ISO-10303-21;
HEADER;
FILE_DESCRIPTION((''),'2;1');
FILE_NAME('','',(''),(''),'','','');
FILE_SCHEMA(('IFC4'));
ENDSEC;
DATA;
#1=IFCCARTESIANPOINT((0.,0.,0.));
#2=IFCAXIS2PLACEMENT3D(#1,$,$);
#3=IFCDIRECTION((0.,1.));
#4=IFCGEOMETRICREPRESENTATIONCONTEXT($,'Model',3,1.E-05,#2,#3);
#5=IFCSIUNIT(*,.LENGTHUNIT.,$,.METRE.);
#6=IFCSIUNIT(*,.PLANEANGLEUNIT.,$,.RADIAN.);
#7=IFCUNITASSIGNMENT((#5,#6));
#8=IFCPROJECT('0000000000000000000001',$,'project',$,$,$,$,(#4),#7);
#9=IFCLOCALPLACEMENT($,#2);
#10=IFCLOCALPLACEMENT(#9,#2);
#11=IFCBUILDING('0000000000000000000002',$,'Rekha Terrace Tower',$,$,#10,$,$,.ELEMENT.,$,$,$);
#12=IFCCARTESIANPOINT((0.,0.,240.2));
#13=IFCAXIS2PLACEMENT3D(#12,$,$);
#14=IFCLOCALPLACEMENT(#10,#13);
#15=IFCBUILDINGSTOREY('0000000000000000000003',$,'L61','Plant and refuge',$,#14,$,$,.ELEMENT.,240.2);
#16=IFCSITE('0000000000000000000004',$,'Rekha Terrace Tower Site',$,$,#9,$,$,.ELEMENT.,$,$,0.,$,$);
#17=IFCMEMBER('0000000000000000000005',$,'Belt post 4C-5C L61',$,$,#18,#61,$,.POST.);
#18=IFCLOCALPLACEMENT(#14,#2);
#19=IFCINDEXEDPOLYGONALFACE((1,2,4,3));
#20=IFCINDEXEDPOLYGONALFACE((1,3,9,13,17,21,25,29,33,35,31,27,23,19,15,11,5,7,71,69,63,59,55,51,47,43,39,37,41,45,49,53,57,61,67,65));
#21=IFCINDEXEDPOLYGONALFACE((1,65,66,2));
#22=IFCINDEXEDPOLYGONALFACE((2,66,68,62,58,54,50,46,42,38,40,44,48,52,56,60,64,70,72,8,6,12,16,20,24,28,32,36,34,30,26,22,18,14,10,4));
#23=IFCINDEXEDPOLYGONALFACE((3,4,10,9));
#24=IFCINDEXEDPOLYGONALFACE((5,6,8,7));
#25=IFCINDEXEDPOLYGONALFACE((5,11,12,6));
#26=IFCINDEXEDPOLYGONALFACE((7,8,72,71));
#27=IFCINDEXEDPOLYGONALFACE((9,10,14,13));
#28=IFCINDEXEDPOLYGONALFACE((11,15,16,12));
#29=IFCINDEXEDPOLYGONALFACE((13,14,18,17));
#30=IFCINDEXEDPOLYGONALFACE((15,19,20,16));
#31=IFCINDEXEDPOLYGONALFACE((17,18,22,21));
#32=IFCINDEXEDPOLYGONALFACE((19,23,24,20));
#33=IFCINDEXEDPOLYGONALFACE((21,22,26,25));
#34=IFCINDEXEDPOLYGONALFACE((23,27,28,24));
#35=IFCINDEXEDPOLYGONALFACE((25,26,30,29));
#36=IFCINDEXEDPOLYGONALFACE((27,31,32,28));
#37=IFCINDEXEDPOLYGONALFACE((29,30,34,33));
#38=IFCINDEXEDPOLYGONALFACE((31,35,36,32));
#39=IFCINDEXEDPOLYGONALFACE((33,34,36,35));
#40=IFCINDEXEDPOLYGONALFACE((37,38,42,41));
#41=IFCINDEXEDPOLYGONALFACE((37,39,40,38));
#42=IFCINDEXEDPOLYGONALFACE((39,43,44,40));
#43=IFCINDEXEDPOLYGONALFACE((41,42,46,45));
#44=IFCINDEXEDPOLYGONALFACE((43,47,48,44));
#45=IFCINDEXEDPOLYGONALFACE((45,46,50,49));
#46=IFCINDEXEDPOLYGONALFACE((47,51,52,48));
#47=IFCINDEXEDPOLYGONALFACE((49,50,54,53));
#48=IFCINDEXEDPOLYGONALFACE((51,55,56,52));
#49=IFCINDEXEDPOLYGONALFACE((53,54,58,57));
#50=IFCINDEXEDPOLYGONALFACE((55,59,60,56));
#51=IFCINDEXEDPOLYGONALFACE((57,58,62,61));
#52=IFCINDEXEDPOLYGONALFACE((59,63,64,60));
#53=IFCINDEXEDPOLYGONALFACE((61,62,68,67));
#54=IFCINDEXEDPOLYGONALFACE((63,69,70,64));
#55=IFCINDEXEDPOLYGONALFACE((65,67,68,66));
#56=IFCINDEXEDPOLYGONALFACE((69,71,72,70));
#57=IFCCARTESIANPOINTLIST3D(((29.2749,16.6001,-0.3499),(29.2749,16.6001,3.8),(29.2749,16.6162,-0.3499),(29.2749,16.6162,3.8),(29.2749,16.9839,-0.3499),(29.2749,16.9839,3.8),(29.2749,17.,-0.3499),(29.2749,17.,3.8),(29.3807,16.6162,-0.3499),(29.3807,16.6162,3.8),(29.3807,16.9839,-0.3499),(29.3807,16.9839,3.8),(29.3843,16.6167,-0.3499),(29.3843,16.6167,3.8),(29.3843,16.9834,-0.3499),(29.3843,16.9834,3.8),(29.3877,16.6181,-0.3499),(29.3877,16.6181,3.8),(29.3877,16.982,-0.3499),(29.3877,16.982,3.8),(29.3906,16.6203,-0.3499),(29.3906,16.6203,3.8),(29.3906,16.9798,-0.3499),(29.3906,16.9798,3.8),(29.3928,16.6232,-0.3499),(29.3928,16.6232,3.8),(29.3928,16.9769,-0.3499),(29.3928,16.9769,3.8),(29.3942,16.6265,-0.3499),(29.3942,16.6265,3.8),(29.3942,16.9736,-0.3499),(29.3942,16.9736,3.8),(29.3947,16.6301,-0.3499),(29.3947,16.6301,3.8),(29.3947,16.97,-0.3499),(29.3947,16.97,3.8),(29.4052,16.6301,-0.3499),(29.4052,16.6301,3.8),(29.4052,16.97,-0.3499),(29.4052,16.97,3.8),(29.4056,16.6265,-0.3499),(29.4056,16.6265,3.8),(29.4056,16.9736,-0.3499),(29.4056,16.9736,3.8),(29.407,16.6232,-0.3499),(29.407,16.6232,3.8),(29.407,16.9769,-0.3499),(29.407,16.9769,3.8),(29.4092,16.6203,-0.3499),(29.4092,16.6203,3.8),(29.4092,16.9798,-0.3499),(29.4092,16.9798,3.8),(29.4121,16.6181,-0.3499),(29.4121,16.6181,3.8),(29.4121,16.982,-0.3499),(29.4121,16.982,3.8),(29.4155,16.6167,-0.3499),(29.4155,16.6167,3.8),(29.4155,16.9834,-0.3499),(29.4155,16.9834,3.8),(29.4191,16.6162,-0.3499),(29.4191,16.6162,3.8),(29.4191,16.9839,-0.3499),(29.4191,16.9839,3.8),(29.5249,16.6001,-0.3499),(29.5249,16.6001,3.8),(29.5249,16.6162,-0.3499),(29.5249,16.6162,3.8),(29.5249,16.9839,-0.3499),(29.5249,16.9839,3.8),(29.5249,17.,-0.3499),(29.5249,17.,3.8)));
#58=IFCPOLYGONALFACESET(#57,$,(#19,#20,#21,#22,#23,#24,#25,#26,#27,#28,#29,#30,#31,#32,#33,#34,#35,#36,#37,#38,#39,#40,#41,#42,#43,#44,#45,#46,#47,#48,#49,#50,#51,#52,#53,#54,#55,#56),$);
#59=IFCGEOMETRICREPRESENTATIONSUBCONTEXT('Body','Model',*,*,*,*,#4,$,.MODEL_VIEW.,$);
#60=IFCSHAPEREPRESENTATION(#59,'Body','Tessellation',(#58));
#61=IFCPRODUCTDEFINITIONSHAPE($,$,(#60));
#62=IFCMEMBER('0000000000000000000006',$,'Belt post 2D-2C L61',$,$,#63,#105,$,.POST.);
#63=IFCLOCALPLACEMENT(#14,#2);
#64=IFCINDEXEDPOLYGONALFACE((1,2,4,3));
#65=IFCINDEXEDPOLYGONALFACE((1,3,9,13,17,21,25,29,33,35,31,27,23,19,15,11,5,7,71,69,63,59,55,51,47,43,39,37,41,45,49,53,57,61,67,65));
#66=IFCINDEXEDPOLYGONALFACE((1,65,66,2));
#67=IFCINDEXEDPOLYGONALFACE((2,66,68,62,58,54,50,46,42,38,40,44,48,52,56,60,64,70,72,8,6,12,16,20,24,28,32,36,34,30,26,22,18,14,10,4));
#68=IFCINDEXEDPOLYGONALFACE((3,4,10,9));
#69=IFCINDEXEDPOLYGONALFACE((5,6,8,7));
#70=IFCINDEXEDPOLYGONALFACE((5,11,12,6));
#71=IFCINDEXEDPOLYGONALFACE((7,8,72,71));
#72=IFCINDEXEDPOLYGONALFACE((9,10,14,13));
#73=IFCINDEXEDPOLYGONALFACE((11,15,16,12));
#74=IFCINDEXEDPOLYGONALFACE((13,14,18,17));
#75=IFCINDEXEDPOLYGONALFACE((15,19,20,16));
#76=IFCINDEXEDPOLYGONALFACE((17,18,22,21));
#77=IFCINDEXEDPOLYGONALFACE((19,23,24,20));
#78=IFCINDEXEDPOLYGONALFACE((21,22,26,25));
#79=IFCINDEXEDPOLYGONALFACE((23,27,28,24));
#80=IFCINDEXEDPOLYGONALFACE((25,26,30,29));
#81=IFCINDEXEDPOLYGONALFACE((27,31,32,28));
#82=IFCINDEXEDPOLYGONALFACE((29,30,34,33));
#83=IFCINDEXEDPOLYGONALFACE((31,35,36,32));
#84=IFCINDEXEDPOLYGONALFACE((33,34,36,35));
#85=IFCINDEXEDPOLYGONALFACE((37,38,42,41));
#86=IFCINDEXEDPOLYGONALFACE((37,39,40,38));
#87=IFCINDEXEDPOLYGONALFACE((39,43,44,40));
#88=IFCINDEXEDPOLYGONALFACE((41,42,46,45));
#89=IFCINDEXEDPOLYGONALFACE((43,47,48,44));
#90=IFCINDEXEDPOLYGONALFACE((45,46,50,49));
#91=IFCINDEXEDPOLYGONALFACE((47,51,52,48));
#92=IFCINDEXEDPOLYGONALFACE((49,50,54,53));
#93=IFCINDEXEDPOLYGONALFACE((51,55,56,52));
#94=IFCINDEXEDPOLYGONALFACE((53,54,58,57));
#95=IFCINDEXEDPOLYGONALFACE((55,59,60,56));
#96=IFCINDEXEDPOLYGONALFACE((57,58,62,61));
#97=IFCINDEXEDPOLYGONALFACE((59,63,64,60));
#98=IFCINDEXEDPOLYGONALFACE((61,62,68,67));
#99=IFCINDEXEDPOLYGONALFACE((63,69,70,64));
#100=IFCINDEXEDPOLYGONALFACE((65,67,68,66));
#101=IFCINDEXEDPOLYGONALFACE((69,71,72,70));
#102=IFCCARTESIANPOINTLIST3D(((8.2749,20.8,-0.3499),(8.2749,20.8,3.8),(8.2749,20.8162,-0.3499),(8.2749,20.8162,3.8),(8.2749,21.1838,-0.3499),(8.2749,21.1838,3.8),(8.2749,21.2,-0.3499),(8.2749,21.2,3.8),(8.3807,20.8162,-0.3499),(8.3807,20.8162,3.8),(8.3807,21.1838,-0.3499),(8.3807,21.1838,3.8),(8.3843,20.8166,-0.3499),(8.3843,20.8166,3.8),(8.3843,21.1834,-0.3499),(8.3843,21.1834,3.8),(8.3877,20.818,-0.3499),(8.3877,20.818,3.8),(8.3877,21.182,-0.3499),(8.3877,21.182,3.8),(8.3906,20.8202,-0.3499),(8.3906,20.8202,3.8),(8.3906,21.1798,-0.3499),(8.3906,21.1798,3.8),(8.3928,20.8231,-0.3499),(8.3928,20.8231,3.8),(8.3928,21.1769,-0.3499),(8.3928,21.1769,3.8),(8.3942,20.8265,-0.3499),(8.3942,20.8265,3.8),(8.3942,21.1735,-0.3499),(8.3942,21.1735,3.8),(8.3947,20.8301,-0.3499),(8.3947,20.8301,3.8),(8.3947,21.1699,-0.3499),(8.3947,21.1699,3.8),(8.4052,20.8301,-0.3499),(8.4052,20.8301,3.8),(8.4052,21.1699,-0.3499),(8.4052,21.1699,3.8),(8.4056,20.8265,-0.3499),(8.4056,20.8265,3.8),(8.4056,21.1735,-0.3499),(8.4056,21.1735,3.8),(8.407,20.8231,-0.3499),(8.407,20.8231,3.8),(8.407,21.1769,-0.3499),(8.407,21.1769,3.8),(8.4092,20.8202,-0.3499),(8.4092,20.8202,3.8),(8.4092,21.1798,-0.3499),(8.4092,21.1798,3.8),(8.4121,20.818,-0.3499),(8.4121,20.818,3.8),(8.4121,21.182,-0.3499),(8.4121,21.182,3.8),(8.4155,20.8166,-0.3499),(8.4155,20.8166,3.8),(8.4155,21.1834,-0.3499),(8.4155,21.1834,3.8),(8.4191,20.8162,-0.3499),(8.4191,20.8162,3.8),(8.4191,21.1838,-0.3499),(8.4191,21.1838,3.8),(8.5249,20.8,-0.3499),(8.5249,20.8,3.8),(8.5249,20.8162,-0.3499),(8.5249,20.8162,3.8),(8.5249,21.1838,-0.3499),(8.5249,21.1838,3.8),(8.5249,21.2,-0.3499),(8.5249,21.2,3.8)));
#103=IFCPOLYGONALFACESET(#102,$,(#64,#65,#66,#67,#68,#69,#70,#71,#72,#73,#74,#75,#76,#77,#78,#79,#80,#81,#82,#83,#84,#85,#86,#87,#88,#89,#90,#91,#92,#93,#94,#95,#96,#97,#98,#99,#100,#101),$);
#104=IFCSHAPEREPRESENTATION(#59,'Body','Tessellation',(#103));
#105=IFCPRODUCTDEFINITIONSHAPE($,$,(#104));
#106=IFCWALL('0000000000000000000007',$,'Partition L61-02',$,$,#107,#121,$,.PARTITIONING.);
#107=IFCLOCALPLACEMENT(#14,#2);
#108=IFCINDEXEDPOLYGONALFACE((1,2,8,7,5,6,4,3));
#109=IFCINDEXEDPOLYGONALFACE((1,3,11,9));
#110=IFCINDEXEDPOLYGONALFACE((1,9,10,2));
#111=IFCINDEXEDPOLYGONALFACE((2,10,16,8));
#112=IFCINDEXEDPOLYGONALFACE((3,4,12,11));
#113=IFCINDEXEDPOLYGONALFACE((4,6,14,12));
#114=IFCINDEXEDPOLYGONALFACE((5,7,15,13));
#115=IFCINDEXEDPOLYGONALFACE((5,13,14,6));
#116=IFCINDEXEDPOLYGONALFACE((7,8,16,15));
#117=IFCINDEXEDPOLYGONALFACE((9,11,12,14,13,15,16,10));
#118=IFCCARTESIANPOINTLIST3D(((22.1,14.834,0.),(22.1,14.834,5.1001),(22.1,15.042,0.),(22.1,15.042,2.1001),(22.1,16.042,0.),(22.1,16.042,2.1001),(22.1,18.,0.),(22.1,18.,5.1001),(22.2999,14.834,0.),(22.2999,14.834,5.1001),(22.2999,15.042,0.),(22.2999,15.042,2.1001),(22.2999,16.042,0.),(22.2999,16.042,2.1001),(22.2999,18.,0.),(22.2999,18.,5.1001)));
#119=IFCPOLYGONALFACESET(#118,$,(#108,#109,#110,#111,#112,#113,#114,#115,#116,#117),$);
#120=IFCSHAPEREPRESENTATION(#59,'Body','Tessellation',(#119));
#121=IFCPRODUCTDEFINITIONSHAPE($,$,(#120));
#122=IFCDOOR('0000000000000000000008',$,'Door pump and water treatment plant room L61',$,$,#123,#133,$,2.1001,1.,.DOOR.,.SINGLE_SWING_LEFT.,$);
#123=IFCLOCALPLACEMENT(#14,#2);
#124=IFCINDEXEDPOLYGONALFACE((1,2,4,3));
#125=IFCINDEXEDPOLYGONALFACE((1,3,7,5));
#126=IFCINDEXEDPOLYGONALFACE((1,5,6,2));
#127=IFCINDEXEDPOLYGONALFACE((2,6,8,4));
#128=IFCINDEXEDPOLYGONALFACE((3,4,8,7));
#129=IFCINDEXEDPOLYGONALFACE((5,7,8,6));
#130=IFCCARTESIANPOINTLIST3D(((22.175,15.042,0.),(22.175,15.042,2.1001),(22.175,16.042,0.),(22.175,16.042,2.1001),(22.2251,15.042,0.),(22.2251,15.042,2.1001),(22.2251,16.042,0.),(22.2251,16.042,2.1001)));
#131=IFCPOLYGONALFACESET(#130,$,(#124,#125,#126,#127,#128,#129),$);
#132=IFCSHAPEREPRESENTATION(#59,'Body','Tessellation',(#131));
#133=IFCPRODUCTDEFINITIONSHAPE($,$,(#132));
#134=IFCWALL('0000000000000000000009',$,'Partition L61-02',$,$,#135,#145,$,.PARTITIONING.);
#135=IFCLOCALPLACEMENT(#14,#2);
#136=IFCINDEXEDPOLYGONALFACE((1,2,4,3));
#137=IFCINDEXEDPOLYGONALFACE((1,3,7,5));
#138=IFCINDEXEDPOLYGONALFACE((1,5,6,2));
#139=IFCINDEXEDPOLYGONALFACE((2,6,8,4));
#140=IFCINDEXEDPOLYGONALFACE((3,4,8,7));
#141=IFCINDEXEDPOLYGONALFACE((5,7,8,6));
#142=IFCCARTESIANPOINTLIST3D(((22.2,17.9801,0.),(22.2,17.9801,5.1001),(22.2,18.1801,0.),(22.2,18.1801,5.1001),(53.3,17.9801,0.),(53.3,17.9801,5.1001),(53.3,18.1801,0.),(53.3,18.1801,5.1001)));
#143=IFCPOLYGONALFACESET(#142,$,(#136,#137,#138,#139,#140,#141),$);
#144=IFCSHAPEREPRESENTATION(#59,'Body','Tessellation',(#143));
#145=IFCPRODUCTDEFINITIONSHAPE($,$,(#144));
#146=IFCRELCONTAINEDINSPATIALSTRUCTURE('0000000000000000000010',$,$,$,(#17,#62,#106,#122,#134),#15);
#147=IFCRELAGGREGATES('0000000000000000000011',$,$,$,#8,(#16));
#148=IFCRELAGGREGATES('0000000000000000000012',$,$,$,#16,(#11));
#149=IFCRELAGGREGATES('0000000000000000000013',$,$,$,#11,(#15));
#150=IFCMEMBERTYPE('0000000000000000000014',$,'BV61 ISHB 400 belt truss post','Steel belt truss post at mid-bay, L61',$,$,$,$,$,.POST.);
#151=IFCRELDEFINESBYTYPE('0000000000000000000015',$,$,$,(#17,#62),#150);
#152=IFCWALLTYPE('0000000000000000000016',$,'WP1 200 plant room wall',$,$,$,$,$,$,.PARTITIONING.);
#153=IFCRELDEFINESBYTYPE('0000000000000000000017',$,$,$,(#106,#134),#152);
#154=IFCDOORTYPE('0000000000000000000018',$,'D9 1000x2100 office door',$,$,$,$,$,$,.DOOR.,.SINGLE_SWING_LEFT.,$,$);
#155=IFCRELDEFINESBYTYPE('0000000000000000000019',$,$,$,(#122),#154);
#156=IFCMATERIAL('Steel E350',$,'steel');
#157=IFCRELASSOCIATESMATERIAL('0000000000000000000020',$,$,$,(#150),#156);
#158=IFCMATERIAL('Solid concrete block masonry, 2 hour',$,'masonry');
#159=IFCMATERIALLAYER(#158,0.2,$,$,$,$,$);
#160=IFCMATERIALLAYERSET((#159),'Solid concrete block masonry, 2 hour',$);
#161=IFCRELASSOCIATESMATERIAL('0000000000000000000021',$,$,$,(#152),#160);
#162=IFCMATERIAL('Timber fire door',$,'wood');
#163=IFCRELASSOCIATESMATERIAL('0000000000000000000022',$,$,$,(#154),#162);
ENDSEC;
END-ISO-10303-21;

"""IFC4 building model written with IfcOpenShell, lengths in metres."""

from ifc_helpers import new_model, si_unit, direction, frame, frame_2d, origin, origin_2d, place, context, subcontext, project, spatial, rectangle, i_section, extrude, material, layer, layer_set, material_profile, profile_set, type_object, element, fill, save


model = new_model("IFC4")

# Units and contexts
model_context = context("Model", 3, precision=1e-05, world=origin(), true_north=direction((0.0, 1.0)))
body_context = subcontext(model_context, "Body", "Model", "MODEL_VIEW")
ifc_project = project(units=[si_unit("LENGTHUNIT", "METRE"), si_unit("PLANEANGLEUNIT", "RADIAN")], contexts=[model_context])

# Site, building, storey
site_placement = place(None, origin())
site = spatial("IfcSite", under=ifc_project, at=site_placement, Name="Rekha Terrace Tower Site", CompositionType="ELEMENT", RefElevation=0.0)
building_placement = place(site_placement, origin())
building = spatial("IfcBuilding", under=site, at=building_placement, Name="Rekha Terrace Tower", CompositionType="ELEMENT")
storey_placement = place(building_placement, frame((0.0, 0.0, 240.2)))
storey = spatial("IfcBuildingStorey", under=building, at=storey_placement, Name="L61", Description="Plant and refuge", CompositionType="ELEMENT", Elevation=240.2)

# Members
ifc_material_1 = material(Name="Steel E350", Category="steel")
ifc_material_profile_1 = material_profile(ifc_material_1, i_section(OverallWidth=0.25, OverallDepth=0.3999, WebThickness=0.0105, FlangeThickness=0.0161, FilletRadius=0.0139, at=origin_2d()), Name="ISHB 400")
ifc_profile_set_1 = profile_set([ifc_material_profile_1], Name="Steel E350")
member_type_1 = type_object("IfcMemberType", Name="BV61 ISHB 400 belt truss post", Description="Steel belt truss post at mid-bay, L61", PredefinedType="POST", material=ifc_profile_set_1)
for number, where, z_axis, x_axis, name in (
    (1, (29.3999, 16.8, -0.3499), (0.0, 0.0, 1.0), (1.0, 0.0, 0.0), "Belt post 4C-5C L61"),
    (2, (8.3999, 21.0, -0.3499), (0.0, 0.0, 1.0), (1.0, 0.0, 0.0), "Belt post 2D-2C L61"),
):
    element("IfcMember", number, at=place(storey_placement, frame(where, z_axis=z_axis, x_axis=x_axis)), inside=storey, type_object=member_type_1, Name=name, PredefinedType="POST", context=body_context, shape_type="SweptSolid", body=[
        extrude(i_section(OverallWidth=0.25, OverallDepth=0.3999, WebThickness=0.0105, FlangeThickness=0.0161, FilletRadius=0.0139, at=origin_2d()), origin(), (0.0, 0.0, 1.0), 4.1499),
    ])

# Wall, opening, door
ifc_material_2 = material(Name="Solid concrete block masonry, 2 hour", Category="masonry")
ifc_layer = layer(ifc_material_2, 0.2)
ifc_layer_set = layer_set([ifc_layer], Name="Solid concrete block masonry, 2 hour")
wall_type = type_object("IfcWallType", Name="WP1 200 plant room wall", PredefinedType="PARTITIONING", material=ifc_layer_set)
wall_1_placement = place(storey_placement, frame((22.2, 14.834, 0.0), z_axis=(0.0, 0.0, 1.0), x_axis=(0.0, 1.0, 0.0)))
wall_1 = element("IfcWall", 3, at=wall_1_placement, inside=storey, type_object=wall_type, Name="Partition L61-02", PredefinedType="PARTITIONING", context=body_context, shape_type="SweptSolid", body=[
    extrude(rectangle(XDim=3.166, YDim=0.2, at=frame_2d((1.583, 0.0))), origin(), (0.0, 0.0, 1.0), 5.1001),
])
opening_placement = place(wall_1_placement, frame((0.208, 0.0, 0.0)))
opening = element("IfcOpeningElement", 4, at=opening_placement, cuts=wall_1, PredefinedType="OPENING", context=body_context, shape_type="SweptSolid", body=[
    extrude(rectangle(XDim=1.0, YDim=2.1001, at=frame_2d((0.5, 1.05))), frame((0.0, 0.1099, 0.0), z_axis=(0.0, -1.0, 0.0), x_axis=(1.0, 0.0, 0.0)), (0.0, 0.0, 1.0), 0.22),
])
ifc_material_3 = material(Name="Timber fire door", Category="wood")
door_type = type_object("IfcDoorType", Name="D9 1000x2100 office door", OperationType="SINGLE_SWING_LEFT", PredefinedType="DOOR", material=ifc_material_3)
door_placement = place(opening_placement, origin())
door = element("IfcDoor", 5, at=door_placement, inside=storey, type_object=door_type, Name="Door pump and water treatment plant room L61", OperationType="SINGLE_SWING_LEFT", OverallHeight=2.1001, OverallWidth=1.0, PredefinedType="DOOR", context=body_context, shape_type="SweptSolid", body=[
    extrude(rectangle(XDim=1.0, YDim=2.1001, at=frame_2d((0.5, 1.05))), frame((0.0, 0.0249, 0.0), z_axis=(0.0, -1.0, 0.0), x_axis=(1.0, 0.0, 0.0)), (0.0, 0.0, 1.0), 0.05),
])
fill(opening, door)

# Wall
wall_2_placement = place(storey_placement, frame((22.2, 18.0801, 0.0), z_axis=(0.0, 0.0, 1.0), x_axis=(1.0, 0.0, 0.0)))
element("IfcWall", 6, at=wall_2_placement, inside=storey, type_object=wall_type, Name="Partition L61-02", PredefinedType="PARTITIONING", context=body_context, shape_type="SweptSolid", body=[
    extrude(rectangle(XDim=31.1001, YDim=0.2, at=frame_2d((15.55, 0.0))), origin(), (0.0, 0.0, 1.0), 5.1001),
])

save(model, "model.ifc")
